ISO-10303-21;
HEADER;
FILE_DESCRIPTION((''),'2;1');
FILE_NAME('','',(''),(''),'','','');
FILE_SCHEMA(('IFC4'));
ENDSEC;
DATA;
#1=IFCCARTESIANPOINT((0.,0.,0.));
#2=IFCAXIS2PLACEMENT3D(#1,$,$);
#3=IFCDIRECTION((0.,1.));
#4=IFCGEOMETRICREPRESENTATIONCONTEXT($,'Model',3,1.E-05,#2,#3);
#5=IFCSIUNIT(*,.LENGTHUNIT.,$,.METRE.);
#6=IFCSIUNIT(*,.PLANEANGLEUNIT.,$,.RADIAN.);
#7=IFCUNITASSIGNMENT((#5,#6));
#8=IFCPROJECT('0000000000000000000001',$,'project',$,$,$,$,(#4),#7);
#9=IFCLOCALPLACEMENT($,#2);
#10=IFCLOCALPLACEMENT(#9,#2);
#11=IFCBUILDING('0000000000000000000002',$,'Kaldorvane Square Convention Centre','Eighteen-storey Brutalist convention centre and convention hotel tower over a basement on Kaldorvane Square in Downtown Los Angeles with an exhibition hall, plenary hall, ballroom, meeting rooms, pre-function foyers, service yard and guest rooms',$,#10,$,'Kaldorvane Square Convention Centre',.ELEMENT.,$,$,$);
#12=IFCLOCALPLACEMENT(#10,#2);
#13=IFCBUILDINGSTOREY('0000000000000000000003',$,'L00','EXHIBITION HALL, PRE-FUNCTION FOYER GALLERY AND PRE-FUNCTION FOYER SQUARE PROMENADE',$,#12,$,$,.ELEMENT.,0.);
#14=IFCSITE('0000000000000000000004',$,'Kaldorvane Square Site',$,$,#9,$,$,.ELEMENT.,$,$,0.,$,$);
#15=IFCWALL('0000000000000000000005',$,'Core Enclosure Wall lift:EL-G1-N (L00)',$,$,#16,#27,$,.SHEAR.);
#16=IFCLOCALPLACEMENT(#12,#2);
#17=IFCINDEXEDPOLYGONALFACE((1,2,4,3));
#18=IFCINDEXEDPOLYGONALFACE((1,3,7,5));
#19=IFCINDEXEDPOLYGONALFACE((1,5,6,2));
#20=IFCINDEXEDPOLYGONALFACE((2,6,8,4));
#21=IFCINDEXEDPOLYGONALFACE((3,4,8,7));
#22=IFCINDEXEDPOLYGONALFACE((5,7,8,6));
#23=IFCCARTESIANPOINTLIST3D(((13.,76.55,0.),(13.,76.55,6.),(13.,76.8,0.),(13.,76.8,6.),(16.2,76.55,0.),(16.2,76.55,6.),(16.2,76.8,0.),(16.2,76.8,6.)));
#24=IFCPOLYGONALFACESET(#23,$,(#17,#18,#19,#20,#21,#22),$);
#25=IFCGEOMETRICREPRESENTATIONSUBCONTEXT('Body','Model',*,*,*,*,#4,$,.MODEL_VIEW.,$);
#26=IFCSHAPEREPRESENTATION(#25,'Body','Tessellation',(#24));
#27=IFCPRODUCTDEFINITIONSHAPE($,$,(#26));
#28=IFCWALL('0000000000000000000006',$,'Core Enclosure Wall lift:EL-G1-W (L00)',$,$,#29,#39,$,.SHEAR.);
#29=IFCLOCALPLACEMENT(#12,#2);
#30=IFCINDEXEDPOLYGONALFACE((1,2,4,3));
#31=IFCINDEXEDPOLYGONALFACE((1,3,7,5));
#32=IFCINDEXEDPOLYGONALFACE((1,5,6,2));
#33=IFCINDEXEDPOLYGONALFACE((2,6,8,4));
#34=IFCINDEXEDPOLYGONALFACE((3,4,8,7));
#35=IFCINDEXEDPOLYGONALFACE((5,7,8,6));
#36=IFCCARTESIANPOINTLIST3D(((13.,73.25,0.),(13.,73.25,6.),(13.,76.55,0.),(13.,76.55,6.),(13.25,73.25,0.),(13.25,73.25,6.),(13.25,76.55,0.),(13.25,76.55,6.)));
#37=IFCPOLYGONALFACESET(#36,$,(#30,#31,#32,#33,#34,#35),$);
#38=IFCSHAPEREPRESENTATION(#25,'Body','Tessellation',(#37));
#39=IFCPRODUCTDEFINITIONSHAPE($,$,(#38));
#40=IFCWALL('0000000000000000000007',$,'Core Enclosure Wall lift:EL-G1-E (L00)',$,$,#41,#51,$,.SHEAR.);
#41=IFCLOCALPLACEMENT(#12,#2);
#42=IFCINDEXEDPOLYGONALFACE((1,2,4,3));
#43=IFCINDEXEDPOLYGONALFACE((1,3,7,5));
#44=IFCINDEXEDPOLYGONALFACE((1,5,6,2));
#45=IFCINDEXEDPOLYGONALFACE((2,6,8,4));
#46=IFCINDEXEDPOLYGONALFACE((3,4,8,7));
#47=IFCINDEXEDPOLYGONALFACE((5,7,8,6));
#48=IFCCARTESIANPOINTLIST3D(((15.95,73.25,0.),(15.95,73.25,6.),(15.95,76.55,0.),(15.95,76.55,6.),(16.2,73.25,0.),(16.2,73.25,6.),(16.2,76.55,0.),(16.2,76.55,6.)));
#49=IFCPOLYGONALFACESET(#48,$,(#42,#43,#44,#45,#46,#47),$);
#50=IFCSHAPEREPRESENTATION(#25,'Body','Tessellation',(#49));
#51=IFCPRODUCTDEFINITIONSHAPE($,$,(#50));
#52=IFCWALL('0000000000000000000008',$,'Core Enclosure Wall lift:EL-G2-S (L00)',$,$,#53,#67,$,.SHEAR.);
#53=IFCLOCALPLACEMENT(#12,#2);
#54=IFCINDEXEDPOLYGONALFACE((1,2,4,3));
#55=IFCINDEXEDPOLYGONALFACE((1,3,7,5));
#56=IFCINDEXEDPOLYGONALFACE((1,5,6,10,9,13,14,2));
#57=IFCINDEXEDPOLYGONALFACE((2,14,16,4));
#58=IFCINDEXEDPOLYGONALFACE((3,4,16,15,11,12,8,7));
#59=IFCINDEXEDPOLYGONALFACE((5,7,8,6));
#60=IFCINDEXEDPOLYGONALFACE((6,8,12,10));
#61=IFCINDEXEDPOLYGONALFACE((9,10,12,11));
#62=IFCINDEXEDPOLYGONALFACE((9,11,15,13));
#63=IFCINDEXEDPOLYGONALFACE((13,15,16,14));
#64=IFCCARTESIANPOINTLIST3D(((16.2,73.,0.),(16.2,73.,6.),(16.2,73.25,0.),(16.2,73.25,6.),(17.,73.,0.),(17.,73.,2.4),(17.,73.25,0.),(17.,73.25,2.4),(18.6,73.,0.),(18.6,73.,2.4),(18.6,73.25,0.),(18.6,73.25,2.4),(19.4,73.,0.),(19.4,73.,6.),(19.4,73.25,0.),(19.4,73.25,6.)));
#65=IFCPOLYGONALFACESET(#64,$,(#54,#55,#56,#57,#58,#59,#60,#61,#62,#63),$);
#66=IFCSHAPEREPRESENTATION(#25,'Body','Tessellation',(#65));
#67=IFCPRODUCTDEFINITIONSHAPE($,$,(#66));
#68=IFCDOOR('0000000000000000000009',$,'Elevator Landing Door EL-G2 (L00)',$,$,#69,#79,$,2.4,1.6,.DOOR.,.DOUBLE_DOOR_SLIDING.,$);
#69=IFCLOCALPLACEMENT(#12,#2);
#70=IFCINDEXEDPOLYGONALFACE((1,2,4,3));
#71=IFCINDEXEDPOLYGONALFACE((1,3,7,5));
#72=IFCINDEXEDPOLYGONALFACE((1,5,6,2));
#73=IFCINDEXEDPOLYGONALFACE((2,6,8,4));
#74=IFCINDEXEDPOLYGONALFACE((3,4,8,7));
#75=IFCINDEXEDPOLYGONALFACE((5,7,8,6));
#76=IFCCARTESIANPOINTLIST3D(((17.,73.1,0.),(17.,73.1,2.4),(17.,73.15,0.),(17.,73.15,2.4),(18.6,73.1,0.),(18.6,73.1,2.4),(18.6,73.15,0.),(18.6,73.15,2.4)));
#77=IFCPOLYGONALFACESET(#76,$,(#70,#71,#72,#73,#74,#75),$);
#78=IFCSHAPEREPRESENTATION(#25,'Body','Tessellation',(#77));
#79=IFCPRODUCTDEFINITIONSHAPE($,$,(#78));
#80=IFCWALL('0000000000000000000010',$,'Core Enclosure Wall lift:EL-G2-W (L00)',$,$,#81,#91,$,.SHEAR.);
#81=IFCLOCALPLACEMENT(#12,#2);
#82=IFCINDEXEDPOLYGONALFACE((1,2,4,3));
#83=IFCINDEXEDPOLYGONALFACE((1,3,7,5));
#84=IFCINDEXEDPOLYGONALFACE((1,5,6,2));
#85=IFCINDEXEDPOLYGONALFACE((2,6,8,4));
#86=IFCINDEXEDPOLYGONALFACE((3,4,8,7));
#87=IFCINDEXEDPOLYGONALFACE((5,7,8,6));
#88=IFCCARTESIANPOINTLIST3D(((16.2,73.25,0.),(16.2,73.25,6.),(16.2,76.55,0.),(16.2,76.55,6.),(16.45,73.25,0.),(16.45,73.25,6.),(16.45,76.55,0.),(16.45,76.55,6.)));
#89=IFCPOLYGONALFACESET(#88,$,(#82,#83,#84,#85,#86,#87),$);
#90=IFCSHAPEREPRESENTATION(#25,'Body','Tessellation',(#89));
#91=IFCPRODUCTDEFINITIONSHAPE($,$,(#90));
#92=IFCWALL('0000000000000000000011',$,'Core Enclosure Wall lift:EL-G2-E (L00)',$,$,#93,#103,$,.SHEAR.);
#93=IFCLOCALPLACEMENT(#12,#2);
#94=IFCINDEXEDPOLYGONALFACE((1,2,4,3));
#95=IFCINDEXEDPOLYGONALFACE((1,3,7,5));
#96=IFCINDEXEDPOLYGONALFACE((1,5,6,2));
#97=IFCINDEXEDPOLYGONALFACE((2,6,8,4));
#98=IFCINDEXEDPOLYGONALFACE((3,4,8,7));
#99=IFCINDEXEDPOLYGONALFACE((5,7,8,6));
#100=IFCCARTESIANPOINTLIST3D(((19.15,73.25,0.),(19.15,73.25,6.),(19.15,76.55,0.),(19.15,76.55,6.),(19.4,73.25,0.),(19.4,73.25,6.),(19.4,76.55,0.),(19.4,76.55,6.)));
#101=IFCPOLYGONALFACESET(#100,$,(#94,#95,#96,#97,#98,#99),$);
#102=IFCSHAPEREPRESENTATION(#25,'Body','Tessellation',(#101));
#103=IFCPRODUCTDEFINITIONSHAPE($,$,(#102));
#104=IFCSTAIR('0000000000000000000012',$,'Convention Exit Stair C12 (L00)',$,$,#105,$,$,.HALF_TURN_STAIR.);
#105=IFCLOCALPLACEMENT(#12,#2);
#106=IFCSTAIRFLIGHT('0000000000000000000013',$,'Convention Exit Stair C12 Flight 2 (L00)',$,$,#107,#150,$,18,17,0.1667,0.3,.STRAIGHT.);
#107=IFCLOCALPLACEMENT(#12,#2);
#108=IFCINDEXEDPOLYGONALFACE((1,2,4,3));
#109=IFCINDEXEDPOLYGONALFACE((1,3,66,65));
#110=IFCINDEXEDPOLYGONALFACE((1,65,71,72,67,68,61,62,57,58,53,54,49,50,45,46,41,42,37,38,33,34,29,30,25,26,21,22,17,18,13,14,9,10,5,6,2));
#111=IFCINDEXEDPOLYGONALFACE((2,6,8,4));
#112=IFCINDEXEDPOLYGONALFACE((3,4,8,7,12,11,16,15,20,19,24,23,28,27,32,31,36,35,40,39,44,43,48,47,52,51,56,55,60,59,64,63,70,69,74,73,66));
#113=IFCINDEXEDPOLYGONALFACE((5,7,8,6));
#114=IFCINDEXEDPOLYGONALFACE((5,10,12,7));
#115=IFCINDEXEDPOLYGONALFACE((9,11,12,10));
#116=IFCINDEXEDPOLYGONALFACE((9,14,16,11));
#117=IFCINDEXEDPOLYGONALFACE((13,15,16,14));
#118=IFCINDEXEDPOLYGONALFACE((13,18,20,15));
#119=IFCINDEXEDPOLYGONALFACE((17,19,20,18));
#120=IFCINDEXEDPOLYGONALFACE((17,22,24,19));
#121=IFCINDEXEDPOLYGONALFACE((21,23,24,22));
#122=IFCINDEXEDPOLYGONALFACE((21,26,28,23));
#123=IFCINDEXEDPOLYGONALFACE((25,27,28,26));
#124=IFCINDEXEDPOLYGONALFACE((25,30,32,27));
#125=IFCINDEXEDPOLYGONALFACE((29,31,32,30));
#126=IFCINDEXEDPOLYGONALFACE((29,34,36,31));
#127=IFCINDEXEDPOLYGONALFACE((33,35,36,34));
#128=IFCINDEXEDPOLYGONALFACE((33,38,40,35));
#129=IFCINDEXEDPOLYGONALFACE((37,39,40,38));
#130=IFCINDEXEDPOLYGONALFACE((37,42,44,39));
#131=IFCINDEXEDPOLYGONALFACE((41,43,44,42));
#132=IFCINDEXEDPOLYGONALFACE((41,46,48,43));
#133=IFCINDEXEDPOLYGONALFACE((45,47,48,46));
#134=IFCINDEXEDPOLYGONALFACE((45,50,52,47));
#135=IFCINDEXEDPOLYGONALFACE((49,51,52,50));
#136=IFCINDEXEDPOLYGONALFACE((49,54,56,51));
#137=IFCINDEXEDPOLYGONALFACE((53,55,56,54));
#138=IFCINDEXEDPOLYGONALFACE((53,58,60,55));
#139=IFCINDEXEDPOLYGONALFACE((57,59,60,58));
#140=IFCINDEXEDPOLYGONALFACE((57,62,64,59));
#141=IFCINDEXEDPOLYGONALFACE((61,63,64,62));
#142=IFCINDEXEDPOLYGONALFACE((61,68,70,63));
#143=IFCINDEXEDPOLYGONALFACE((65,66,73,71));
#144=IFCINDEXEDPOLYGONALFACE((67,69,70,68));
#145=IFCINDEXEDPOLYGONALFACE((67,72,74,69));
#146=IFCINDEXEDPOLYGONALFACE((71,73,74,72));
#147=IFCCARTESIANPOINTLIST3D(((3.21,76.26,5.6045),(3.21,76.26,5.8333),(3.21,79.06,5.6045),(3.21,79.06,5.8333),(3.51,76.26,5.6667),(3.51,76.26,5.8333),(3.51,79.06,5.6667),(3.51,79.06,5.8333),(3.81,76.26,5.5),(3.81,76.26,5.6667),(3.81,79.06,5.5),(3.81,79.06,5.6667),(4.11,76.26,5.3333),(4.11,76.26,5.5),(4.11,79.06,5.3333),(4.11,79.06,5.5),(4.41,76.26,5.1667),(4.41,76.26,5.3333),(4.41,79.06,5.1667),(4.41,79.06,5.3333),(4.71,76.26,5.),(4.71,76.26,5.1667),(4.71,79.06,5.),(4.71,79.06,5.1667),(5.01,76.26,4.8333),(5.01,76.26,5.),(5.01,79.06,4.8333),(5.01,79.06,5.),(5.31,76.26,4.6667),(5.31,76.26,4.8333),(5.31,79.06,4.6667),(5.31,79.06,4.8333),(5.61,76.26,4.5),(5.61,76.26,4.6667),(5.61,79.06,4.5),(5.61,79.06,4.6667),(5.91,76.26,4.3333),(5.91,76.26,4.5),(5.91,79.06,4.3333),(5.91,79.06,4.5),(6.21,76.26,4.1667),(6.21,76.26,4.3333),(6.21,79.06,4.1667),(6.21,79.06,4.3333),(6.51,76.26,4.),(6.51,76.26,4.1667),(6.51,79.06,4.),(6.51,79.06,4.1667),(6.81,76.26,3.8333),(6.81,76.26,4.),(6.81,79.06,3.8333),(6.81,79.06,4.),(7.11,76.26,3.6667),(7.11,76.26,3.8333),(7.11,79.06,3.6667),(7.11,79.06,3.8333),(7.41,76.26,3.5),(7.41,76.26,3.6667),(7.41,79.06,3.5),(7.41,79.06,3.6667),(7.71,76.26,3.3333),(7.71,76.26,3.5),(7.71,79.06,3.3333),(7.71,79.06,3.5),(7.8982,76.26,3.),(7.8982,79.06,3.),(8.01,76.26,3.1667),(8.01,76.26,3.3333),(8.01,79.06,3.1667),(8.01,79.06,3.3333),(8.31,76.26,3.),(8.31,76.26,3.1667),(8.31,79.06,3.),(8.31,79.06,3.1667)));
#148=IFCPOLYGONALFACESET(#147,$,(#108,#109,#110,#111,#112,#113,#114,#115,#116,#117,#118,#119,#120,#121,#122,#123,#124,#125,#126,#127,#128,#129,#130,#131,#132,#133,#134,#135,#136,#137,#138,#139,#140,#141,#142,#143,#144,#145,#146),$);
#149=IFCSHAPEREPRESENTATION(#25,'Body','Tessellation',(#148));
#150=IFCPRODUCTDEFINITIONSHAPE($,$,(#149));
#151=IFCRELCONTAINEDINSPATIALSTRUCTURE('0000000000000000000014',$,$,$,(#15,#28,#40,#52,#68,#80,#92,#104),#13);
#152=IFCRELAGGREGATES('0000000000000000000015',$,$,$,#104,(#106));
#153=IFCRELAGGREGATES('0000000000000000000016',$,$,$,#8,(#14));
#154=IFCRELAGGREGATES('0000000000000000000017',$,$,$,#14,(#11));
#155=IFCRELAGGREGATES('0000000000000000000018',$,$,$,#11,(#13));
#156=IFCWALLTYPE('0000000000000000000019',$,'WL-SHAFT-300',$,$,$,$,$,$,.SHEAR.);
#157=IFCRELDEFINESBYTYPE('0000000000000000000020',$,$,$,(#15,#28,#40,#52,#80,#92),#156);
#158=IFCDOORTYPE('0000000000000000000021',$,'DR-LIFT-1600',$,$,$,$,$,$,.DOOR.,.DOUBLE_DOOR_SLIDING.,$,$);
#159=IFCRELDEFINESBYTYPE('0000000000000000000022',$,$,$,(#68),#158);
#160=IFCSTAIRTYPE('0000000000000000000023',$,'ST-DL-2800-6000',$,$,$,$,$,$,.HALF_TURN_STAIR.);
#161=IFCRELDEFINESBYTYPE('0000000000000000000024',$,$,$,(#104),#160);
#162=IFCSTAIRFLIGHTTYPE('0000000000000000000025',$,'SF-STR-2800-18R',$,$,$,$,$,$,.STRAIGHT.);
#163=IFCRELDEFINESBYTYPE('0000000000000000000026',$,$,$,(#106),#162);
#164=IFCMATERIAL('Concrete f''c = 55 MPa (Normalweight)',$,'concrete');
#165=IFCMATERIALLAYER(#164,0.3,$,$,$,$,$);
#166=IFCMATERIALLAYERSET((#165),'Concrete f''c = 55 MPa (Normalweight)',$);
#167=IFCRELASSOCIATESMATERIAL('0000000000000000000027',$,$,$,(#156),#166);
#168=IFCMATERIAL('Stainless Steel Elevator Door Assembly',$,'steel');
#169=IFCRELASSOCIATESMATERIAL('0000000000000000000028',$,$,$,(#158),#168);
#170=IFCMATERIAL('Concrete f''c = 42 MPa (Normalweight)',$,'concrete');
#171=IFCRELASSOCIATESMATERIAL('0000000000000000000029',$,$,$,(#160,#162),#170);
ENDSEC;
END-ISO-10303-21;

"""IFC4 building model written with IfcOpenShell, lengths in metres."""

from ifc_helpers import new_model, si_unit, direction, frame, frame_2d, origin, place, context, subcontext, project, spatial, polyline, rectangle, outline, extrude, material, layer, layer_set, type_object, element, fill, aggregate, save


model = new_model("IFC4")

# Units and contexts
model_context = context("Model", 3, precision=1e-05, world=origin(), true_north=direction((0.0, 1.0)))
body_context = subcontext(model_context, "Body", "Model", "MODEL_VIEW")
ifc_project = project(units=[si_unit("LENGTHUNIT", "METRE"), si_unit("PLANEANGLEUNIT", "RADIAN")], contexts=[model_context])

# Site, building, storey
site_placement = place(None, origin())
site = spatial("IfcSite", under=ifc_project, at=site_placement, Name="Kaldorvane Square Site", CompositionType="ELEMENT", RefElevation=0.0)
building_placement = place(site_placement, origin())
building = spatial("IfcBuilding", under=site, at=building_placement, Name="Kaldorvane Square Convention Centre", Description="Eighteen-storey Brutalist convention centre and convention hotel tower over a basement on Kaldorvane Square in Downtown Los Angeles with an exhibition hall, plenary hall, ballroom, meeting rooms, pre-function foyers, service yard and guest rooms", LongName="Kaldorvane Square Convention Centre", CompositionType="ELEMENT")
storey_placement = place(building_placement, origin())
storey = spatial("IfcBuildingStorey", under=building, at=storey_placement, Name="L00", Description="EXHIBITION HALL, PRE-FUNCTION FOYER GALLERY AND PRE-FUNCTION FOYER SQUARE PROMENADE", CompositionType="ELEMENT", Elevation=0.0)

# Shared definitions
ifc_material_1 = material(Name="Concrete f'c = 55 MPa (Normalweight)", Category="concrete")
ifc_layer = layer(ifc_material_1, 0.3)
ifc_layer_set = layer_set([ifc_layer], Name="Concrete f'c = 55 MPa (Normalweight)")
wall_type = type_object("IfcWallType", Name="WL-SHAFT-300", PredefinedType="SHEAR", material=ifc_layer_set)

# Shared definitions
ifc_material_2 = material(Name="Stainless Steel Elevator Door Assembly", Category="steel")
door_type_1 = type_object("IfcDoorType", Name="DR-LIFT-1600", OperationType="DOUBLE_DOOR_SLIDING", PredefinedType="DOOR", material=ifc_material_2)

# Walls
wall_1_placement = place(storey_placement, frame((16.2, 76.675, 0.0), z_axis=(0.0, 0.0, 1.0), x_axis=(-1.0, 0.0, 0.0)))
element("IfcWall", 1, at=wall_1_placement, inside=storey, type_object=wall_type, Name="Core Enclosure Wall lift:EL-G1-N (L00)", PredefinedType="SHEAR", context=body_context, shape_type="SweptSolid", body=[
    extrude(rectangle(XDim=3.2, YDim=0.25, at=frame_2d((1.6, 0.0))), origin(), (0.0, 0.0, 1.0), 6.0),
])
for number, where, z_axis, x_axis, name in (
    (2, (13.125, 76.55, 0.0), (0.0, 0.0, 1.0), (0.0, -1.0, 0.0), "Core Enclosure Wall lift:EL-G1-W (L00)"),
    (3, (16.075, 73.25, 0.0), (0.0, 0.0, 1.0), (0.0, 1.0, 0.0), "Core Enclosure Wall lift:EL-G1-E (L00)"),
):
    element("IfcWall", number, at=place(storey_placement, frame(where, z_axis=z_axis, x_axis=x_axis)), inside=storey, type_object=wall_type, Name=name, PredefinedType="SHEAR", context=body_context, shape_type="SweptSolid", body=[
        extrude(rectangle(XDim=3.3, YDim=0.25, at=frame_2d((1.65, 0.0))), origin(), (0.0, 0.0, 1.0), 6.0),
    ])

# Wall, opening, door
wall_2_placement = place(storey_placement, frame((16.2, 73.125, 0.0), z_axis=(0.0, 0.0, 1.0), x_axis=(1.0, 0.0, 0.0)))
wall_2 = element("IfcWall", 4, at=wall_2_placement, inside=storey, type_object=wall_type, Name="Core Enclosure Wall lift:EL-G2-S (L00)", PredefinedType="SHEAR", context=body_context, shape_type="SweptSolid", body=[
    extrude(rectangle(XDim=3.2, YDim=0.25, at=frame_2d((1.6, 0.0))), origin(), (0.0, 0.0, 1.0), 6.0),
])
opening_1_placement = place(wall_2_placement, frame((0.8, 0.0, 0.0)))
opening_1 = element("IfcOpeningElement", 5, at=opening_1_placement, cuts=wall_2, PredefinedType="OPENING", context=body_context, shape_type="SweptSolid", body=[
    extrude(rectangle(XDim=1.6, YDim=2.4, at=frame_2d((0.8, 1.2))), frame((0.0, 0.14, 0.0), z_axis=(0.0, -1.0, 0.0), x_axis=(1.0, 0.0, 0.0)), (0.0, 0.0, 1.0), 0.28),
])
door_1_placement = place(opening_1_placement, origin())
door_1 = element("IfcDoor", 6, at=door_1_placement, inside=storey, type_object=door_type_1, Name="Elevator Landing Door EL-G2 (L00)", OperationType="DOUBLE_DOOR_SLIDING", OverallHeight=2.4, OverallWidth=1.6, PredefinedType="DOOR", context=body_context, shape_type="SweptSolid", body=[
    extrude(rectangle(XDim=1.6, YDim=2.4, at=frame_2d((0.8, 1.2))), frame((0.0, 0.025, 0.0), z_axis=(0.0, -1.0, 0.0), x_axis=(1.0, 0.0, 0.0)), (0.0, 0.0, 1.0), 0.05),
])
fill(opening_1, door_1)

# Walls
for number, where, z_axis, x_axis, name in (
    (7, (16.325, 76.55, 0.0), (0.0, 0.0, 1.0), (0.0, -1.0, 0.0), "Core Enclosure Wall lift:EL-G2-W (L00)"),
    (8, (19.275, 73.25, 0.0), (0.0, 0.0, 1.0), (0.0, 1.0, 0.0), "Core Enclosure Wall lift:EL-G2-E (L00)"),
):
    element("IfcWall", number, at=place(storey_placement, frame(where, z_axis=z_axis, x_axis=x_axis)), inside=storey, type_object=wall_type, Name=name, PredefinedType="SHEAR", context=body_context, shape_type="SweptSolid", body=[
        extrude(rectangle(XDim=3.3, YDim=0.25, at=frame_2d((1.65, 0.0))), origin(), (0.0, 0.0, 1.0), 6.0),
    ])

# Stair, stair flight
ifc_material_3 = material(Name="Concrete f'c = 42 MPa (Normalweight)", Category="concrete")
stair_type = type_object("IfcStairType", Name="ST-DL-2800-6000", PredefinedType="HALF_TURN_STAIR", material=ifc_material_3)
stair_placement = place(storey_placement, origin())
stair = element("IfcStair", 9, at=stair_placement, inside=storey, type_object=stair_type, Name="Convention Exit Stair C12 (L00)", PredefinedType="HALF_TURN_STAIR")
stair_flight_type = type_object("IfcStairFlightType", Name="SF-STR-2800-18R", PredefinedType="STRAIGHT", material=ifc_material_3)
stair_flight_placement = place(storey_placement, frame((8.31, 77.66, 3.0), z_axis=(0.0, 0.0, 1.0), x_axis=(-1.0, 0.0, 0.0)))
stair_flight = element("IfcStairFlight", 10, at=stair_flight_placement, type_object=stair_flight_type, Name="Convention Exit Stair C12 Flight 2 (L00)", NumberOfRisers=18, NumberOfTreads=17, PredefinedType="STRAIGHT", RiserHeight=0.1667, TreadLength=0.3, context=body_context, shape_type="SweptSolid", body=[
    extrude(outline(polyline([(0.0, 0.0), (0.0, 0.1667), (0.3, 0.1667), (0.3, 0.3333), (0.6, 0.3333), (0.6, 0.5), (0.9, 0.5), (0.9, 0.6667), (1.2, 0.6667), (1.2, 0.8333), (1.5, 0.8333), (1.5, 1.0), (1.8, 1.0), (1.8, 1.1667), (2.1, 1.1667), (2.1, 1.3333), (2.4, 1.3333), (2.4, 1.5), (2.7, 1.5), (2.7, 1.6667), (3.0, 1.6667), (3.0, 1.8333), (3.3, 1.8333), (3.3, 2.0), (3.6, 2.0), (3.6, 2.1667), (3.9, 2.1667), (3.9, 2.3333), (4.2, 2.3333), (4.2, 2.5), (4.5, 2.5), (4.5, 2.6667), (4.8, 2.6667), (4.8, 2.8333), (5.1, 2.8333), (5.1, 3.0), (5.1, 2.6045), (0.4118, 0.0), (0.0, 0.0)])), frame((0.0, 1.4, 0.0), z_axis=(0.0, -1.0, 0.0), x_axis=(1.0, 0.0, 0.0)), (0.0, 0.0, 1.0), 2.8),
])
aggregate(stair, [stair_flight])

save(model, "model.ifc")
